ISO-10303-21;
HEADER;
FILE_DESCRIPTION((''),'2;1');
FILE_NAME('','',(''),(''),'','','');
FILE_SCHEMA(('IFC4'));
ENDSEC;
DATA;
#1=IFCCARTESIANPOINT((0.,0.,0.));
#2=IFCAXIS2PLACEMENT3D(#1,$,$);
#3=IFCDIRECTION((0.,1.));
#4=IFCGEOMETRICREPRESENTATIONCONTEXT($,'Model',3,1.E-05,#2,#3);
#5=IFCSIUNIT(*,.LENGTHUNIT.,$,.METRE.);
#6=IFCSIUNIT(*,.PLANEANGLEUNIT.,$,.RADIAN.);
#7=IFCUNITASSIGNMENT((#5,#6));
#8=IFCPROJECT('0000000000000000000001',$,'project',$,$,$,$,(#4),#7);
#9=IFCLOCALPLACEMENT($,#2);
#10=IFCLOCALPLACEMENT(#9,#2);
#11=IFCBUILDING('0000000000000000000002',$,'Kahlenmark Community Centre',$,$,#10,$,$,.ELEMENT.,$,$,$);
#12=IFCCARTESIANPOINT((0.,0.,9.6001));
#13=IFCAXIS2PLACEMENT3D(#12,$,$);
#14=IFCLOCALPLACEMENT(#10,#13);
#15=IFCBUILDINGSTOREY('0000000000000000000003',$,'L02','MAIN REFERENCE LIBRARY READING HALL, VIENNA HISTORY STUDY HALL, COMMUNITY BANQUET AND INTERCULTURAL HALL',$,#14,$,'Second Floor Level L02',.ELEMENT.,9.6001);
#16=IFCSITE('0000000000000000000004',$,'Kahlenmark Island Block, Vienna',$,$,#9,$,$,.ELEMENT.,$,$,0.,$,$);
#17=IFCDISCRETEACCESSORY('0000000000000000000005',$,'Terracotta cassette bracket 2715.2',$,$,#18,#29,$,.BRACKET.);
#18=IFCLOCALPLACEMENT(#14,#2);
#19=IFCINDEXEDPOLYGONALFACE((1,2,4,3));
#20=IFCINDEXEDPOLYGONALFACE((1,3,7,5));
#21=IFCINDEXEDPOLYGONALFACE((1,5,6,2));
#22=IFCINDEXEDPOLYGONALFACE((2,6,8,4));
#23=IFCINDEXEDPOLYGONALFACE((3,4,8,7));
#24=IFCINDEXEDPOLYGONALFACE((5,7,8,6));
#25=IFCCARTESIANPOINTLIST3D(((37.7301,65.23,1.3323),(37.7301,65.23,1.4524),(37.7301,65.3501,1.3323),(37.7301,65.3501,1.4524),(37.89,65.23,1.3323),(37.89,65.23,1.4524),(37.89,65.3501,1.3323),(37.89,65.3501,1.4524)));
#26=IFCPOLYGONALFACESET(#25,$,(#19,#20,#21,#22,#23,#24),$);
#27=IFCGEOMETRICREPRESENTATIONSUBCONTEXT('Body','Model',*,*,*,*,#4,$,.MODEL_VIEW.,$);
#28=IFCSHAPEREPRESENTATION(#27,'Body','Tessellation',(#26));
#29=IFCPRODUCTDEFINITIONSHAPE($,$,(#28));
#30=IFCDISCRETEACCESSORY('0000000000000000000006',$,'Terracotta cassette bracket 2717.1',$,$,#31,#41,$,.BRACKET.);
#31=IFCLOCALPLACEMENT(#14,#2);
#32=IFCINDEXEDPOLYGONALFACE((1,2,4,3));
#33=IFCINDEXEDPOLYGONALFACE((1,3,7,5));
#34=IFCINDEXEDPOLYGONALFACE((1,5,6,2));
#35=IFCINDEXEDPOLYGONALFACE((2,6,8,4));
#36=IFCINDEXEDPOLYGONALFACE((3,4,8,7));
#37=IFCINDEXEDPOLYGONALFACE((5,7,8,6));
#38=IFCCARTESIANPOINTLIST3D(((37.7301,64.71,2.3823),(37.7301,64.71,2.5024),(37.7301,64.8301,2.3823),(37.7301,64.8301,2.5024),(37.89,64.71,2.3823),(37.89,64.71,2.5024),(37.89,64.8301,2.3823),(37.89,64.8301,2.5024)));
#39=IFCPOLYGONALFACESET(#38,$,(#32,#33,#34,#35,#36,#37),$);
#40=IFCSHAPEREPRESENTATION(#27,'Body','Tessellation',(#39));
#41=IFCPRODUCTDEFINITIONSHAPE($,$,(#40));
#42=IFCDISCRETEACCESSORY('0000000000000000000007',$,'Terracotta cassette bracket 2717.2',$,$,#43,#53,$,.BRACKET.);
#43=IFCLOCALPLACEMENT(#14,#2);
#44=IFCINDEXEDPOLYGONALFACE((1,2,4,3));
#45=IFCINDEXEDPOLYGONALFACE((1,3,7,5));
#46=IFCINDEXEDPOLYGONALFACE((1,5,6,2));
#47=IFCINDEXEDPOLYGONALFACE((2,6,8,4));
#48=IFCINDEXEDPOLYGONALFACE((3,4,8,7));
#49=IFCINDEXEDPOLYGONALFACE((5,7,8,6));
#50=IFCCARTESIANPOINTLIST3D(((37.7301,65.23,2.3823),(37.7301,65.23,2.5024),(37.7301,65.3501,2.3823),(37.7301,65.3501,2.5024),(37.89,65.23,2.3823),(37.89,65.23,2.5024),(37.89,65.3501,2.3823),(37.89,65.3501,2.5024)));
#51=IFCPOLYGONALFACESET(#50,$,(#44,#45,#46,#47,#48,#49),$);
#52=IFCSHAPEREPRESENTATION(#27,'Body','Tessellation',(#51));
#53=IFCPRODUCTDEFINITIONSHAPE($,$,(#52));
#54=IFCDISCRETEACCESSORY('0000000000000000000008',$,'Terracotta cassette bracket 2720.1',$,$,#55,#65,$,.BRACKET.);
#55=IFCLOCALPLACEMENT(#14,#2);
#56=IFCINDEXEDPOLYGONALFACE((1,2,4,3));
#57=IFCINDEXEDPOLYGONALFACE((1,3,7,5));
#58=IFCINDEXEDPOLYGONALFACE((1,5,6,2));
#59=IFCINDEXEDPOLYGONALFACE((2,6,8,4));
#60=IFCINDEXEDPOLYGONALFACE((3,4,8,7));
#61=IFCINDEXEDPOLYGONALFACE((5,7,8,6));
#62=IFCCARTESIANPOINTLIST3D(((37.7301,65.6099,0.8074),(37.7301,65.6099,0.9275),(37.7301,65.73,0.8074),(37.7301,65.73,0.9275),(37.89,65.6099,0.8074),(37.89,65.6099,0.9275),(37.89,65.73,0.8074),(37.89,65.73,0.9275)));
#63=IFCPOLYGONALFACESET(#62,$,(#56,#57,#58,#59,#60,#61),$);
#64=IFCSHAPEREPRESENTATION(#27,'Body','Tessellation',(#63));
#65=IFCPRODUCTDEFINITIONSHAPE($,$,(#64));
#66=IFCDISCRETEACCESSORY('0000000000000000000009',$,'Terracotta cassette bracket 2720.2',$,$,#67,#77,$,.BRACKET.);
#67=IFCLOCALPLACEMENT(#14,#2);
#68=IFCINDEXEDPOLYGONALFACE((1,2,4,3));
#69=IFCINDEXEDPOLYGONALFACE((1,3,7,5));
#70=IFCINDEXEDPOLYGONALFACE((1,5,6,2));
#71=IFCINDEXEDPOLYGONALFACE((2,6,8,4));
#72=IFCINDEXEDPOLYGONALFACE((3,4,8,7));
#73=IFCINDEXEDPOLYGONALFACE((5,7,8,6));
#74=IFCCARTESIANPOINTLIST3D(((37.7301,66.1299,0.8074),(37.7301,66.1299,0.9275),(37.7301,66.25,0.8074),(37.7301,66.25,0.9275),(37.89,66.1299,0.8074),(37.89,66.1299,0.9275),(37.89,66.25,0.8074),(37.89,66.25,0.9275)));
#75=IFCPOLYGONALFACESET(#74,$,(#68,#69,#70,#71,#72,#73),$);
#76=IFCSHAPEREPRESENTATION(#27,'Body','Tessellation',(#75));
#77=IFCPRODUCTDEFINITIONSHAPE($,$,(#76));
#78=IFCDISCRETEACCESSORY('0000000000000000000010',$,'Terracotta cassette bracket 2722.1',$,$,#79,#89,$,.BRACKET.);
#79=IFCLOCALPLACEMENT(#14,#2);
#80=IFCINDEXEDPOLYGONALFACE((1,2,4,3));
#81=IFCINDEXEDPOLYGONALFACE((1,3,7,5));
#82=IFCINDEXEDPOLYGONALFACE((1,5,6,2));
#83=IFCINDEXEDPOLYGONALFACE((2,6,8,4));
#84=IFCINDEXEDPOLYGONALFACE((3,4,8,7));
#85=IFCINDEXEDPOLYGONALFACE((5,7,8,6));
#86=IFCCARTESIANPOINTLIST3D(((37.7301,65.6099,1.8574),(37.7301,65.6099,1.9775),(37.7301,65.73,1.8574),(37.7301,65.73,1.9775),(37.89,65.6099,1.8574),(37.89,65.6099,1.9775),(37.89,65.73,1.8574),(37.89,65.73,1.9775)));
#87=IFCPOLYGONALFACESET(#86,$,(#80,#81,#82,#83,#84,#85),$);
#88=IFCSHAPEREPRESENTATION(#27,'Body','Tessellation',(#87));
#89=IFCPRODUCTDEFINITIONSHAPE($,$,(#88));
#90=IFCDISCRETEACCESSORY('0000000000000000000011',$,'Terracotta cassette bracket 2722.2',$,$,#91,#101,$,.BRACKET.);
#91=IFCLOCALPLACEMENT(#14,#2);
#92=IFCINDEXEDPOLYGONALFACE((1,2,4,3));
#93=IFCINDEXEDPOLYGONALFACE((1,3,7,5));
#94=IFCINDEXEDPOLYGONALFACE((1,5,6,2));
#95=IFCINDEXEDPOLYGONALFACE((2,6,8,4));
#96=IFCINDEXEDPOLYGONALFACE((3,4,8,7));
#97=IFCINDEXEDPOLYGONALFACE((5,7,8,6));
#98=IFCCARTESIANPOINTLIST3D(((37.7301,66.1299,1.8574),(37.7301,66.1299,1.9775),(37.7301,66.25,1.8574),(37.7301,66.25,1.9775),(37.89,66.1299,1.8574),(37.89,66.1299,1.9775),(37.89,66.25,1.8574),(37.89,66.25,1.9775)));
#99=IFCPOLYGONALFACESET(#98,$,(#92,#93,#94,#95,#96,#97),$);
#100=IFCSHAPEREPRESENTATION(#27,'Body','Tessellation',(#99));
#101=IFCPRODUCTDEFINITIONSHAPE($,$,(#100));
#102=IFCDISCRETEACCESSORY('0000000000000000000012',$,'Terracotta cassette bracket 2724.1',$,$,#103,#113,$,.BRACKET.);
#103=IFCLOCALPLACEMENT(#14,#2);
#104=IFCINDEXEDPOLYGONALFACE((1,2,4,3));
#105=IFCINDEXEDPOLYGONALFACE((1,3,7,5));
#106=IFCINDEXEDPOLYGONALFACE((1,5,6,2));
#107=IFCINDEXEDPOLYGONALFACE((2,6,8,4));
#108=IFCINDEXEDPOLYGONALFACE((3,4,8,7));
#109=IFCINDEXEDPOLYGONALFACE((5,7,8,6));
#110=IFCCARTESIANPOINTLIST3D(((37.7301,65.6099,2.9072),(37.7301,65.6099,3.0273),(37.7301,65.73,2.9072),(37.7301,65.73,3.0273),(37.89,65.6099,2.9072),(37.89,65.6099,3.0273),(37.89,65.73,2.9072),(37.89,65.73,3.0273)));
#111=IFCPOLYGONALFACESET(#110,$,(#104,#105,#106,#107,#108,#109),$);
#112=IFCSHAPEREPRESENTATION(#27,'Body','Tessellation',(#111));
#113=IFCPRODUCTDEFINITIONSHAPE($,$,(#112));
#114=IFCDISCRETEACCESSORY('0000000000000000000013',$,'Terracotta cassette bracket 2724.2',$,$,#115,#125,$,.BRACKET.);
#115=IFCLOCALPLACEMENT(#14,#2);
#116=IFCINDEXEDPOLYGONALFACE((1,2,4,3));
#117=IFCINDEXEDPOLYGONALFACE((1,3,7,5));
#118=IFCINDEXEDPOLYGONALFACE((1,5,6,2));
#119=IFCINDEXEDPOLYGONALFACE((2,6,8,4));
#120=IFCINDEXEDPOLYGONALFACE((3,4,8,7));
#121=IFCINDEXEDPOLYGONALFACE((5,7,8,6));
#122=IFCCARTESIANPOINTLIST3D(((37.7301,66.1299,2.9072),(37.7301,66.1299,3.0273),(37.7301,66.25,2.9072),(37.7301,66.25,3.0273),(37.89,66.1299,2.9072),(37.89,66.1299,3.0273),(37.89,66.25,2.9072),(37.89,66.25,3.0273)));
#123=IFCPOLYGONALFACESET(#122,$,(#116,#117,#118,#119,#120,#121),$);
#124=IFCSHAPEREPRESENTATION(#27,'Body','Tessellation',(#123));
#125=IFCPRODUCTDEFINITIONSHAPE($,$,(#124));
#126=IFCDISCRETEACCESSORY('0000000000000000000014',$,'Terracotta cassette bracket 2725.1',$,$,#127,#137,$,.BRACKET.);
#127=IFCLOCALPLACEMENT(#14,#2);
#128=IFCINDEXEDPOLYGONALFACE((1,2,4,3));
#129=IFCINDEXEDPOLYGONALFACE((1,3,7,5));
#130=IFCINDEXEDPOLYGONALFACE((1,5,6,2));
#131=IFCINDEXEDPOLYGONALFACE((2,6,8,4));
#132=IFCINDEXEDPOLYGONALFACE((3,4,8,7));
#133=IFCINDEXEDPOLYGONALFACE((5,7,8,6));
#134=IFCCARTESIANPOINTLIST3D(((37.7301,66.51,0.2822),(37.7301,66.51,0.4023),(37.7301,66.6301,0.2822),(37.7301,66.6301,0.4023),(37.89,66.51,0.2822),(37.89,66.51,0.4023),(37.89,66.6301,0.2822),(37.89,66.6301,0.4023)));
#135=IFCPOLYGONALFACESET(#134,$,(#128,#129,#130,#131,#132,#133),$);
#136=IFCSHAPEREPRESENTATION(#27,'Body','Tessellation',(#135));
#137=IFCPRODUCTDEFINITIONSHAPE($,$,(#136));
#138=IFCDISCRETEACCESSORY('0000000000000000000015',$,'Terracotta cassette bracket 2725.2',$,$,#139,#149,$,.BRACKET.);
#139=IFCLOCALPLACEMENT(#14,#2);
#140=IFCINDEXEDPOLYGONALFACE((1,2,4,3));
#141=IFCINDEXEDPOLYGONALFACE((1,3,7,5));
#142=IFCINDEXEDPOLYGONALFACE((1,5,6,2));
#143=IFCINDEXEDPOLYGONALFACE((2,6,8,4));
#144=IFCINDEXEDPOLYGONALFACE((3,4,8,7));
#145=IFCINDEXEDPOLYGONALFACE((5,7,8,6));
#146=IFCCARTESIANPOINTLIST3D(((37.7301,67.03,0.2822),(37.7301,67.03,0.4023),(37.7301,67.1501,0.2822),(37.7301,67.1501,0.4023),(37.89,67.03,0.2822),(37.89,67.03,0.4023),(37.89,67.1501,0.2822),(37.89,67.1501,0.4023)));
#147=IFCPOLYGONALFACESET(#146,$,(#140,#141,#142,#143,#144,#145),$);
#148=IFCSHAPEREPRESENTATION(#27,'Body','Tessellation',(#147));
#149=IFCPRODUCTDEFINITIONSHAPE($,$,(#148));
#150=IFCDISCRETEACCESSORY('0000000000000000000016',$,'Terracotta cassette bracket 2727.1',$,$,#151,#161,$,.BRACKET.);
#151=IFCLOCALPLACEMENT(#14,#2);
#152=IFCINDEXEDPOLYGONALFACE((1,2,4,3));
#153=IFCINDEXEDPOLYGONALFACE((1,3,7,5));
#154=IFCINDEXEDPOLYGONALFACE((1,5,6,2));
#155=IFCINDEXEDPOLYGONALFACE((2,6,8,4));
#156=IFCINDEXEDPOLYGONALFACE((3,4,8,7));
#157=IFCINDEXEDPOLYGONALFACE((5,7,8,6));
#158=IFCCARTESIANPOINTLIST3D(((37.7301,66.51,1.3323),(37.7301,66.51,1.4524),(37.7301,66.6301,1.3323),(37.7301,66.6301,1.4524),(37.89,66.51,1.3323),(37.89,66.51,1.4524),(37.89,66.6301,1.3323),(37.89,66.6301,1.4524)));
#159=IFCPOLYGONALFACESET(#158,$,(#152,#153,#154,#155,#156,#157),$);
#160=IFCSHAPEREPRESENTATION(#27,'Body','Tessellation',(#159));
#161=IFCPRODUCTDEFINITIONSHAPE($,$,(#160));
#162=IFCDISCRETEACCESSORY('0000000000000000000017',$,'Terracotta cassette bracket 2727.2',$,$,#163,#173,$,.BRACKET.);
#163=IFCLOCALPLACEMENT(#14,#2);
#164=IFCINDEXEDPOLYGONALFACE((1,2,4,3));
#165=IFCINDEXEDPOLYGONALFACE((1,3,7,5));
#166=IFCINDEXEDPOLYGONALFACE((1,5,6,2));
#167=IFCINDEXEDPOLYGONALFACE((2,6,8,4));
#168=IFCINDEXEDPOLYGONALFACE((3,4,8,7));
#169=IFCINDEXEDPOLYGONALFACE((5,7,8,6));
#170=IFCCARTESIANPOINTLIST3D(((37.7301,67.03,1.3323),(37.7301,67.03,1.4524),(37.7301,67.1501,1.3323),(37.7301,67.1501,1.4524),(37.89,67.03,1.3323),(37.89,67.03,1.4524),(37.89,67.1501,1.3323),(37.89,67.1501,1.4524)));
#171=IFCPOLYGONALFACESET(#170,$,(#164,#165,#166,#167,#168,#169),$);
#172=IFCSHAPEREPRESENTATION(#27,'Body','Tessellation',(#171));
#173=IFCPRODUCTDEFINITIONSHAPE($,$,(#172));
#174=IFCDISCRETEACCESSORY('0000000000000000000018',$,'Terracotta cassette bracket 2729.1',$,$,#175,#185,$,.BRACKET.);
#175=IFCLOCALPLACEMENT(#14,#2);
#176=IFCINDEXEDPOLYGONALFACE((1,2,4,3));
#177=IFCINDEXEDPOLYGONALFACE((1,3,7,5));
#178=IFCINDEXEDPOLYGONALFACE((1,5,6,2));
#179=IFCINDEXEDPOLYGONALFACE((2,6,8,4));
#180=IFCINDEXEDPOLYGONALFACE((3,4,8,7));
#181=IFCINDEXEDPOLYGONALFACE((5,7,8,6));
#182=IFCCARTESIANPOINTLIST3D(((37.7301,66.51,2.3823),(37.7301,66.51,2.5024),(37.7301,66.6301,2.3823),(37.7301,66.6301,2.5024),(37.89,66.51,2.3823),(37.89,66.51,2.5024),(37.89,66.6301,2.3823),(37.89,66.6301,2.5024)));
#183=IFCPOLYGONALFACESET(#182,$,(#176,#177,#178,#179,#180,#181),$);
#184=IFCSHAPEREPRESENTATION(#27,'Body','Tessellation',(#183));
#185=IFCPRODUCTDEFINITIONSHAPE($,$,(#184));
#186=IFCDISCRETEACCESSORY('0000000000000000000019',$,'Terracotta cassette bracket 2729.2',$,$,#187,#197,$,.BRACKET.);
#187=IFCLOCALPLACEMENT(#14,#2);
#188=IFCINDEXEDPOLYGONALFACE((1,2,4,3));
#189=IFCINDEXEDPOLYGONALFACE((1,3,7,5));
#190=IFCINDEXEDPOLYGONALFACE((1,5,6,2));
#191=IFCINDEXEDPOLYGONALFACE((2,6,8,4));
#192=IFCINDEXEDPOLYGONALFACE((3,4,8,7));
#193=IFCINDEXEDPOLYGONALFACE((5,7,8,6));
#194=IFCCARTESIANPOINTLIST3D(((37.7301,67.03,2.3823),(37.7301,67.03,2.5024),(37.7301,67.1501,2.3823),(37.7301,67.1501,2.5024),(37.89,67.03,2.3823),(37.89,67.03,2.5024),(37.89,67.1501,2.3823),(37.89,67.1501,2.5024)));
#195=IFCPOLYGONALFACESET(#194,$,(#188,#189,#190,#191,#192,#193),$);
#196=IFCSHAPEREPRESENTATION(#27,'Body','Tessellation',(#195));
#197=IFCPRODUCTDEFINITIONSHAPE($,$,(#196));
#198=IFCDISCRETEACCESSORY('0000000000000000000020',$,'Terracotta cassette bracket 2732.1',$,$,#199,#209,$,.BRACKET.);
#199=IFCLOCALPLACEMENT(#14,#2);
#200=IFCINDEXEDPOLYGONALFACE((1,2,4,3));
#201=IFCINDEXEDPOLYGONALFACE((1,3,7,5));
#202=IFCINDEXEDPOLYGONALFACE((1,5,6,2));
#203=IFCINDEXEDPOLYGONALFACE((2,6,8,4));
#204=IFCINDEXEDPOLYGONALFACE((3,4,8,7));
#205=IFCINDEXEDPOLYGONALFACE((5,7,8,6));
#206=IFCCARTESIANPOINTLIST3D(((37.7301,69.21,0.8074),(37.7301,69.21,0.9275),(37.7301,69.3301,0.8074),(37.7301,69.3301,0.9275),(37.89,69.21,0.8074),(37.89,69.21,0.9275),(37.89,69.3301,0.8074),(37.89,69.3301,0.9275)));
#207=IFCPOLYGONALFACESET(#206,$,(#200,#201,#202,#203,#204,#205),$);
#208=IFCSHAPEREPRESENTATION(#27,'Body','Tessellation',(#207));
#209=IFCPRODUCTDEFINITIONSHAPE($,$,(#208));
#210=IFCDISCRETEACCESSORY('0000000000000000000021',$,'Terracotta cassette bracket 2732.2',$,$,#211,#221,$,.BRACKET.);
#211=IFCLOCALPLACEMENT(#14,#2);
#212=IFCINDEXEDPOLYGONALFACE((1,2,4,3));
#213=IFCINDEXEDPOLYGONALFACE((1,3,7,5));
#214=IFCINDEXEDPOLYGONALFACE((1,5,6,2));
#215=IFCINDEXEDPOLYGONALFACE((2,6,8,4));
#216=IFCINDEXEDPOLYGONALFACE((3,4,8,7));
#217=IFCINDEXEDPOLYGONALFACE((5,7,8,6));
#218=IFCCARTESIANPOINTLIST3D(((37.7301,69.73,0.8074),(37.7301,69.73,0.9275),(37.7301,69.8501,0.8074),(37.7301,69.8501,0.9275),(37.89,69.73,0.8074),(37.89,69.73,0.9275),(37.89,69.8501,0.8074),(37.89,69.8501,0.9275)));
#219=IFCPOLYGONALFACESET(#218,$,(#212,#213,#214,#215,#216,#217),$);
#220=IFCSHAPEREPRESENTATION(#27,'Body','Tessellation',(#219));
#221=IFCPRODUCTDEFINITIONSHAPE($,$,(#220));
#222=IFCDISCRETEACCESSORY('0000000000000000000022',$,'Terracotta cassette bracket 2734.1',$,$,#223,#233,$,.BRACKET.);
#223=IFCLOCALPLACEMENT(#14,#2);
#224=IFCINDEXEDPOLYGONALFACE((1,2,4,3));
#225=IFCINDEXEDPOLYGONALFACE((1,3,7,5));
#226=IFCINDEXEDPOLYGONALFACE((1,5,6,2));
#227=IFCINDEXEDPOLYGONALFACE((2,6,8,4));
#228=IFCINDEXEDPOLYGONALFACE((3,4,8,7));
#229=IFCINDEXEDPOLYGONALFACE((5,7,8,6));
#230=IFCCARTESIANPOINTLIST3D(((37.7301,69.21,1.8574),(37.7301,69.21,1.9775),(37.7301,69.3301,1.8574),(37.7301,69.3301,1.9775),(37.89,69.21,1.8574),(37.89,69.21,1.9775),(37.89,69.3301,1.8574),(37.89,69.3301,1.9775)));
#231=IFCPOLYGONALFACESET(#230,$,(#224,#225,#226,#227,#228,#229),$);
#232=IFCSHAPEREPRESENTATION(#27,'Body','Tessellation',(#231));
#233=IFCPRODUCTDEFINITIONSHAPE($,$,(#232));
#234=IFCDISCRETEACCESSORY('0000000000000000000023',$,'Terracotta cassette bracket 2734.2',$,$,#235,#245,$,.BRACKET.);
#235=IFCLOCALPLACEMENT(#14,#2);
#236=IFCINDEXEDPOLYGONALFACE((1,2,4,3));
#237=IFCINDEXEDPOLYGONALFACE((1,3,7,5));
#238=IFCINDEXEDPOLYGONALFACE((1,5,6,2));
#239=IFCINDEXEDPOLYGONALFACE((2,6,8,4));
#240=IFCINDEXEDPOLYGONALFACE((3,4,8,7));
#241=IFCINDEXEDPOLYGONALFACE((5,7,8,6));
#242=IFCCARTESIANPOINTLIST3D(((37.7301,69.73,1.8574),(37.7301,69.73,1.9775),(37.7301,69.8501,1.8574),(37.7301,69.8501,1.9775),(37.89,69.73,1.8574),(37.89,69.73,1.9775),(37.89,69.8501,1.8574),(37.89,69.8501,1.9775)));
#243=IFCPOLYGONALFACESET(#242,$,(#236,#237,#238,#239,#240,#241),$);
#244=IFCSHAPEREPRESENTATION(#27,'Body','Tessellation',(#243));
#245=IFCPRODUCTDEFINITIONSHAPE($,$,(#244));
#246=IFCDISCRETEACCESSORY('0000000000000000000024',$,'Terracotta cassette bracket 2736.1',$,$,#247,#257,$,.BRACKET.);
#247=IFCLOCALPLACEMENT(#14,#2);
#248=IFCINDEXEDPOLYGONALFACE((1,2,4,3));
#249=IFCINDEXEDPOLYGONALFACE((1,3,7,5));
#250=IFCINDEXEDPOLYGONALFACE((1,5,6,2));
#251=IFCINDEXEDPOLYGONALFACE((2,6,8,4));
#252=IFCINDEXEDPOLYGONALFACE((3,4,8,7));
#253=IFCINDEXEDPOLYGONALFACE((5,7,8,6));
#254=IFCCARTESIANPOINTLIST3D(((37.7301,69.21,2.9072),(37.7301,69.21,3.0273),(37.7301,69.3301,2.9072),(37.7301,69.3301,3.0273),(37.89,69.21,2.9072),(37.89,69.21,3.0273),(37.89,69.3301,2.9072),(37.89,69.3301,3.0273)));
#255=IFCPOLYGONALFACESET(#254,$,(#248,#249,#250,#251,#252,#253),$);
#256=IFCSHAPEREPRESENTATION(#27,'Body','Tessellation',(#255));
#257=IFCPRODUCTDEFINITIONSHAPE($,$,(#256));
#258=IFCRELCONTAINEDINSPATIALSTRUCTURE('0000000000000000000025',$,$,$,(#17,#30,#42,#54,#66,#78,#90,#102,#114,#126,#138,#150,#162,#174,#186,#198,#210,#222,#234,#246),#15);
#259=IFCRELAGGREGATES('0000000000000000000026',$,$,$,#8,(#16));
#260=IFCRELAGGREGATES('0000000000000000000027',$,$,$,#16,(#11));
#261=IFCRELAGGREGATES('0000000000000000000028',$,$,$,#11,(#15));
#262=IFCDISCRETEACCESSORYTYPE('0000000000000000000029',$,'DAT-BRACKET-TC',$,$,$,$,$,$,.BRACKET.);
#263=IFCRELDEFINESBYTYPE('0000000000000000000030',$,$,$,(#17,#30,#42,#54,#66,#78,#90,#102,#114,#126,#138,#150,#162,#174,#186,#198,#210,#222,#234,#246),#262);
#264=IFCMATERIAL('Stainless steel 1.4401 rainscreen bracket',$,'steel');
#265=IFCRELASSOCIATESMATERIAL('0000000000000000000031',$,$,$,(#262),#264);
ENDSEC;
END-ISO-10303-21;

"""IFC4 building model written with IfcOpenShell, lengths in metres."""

from ifc_helpers import new_model, si_unit, direction, frame, origin, origin_2d, place, context, subcontext, project, spatial, rectangle, extrude, material, type_object, element, save


model = new_model("IFC4")

# Units and contexts
model_context = context("Model", 3, precision=1e-05, world=origin(), true_north=direction((0.0, 1.0)))
body_context = subcontext(model_context, "Body", "Model", "MODEL_VIEW")
ifc_project = project(units=[si_unit("LENGTHUNIT", "METRE"), si_unit("PLANEANGLEUNIT", "RADIAN")], contexts=[model_context])

# Site, building, storey
site_placement = place(None, origin())
site = spatial("IfcSite", under=ifc_project, at=site_placement, Name="Kahlenmark Island Block, Vienna", CompositionType="ELEMENT", RefElevation=0.0)
building_placement = place(site_placement, origin())
building = spatial("IfcBuilding", under=site, at=building_placement, Name="Kahlenmark Community Centre", CompositionType="ELEMENT")
storey_placement = place(building_placement, frame((0.0, 0.0, 9.6001)))
storey = spatial("IfcBuildingStorey", under=building, at=storey_placement, Name="L02", Description="MAIN REFERENCE LIBRARY READING HALL, VIENNA HISTORY STUDY HALL, COMMUNITY BANQUET AND INTERCULTURAL HALL", LongName="Second Floor Level L02", CompositionType="ELEMENT", Elevation=9.6001)

# Discrete accessories
ifc_material_1 = material(Name="Stainless steel 1.4401 rainscreen bracket", Category="steel")
discrete_accessory_type = type_object("IfcDiscreteAccessoryType", Name="DAT-BRACKET-TC", PredefinedType="BRACKET", material=ifc_material_1)
for number, where, z_axis, x_axis, name in (
    (1, (37.8101, 65.29, 1.3323), (0.0, 0.0, 1.0), (0.0, 1.0, 0.0), "Terracotta cassette bracket 2715.2"),
    (2, (37.8101, 64.77, 2.3823), (0.0, 0.0, 1.0), (0.0, 1.0, 0.0), "Terracotta cassette bracket 2717.1"),
    (3, (37.8101, 65.29, 2.3823), (0.0, 0.0, 1.0), (0.0, 1.0, 0.0), "Terracotta cassette bracket 2717.2"),
    (4, (37.8101, 65.6699, 0.8074), (0.0, 0.0, 1.0), (0.0, 1.0, 0.0), "Terracotta cassette bracket 2720.1"),
    (5, (37.8101, 66.1899, 0.8074), (0.0, 0.0, 1.0), (0.0, 1.0, 0.0), "Terracotta cassette bracket 2720.2"),
    (6, (37.8101, 65.6699, 1.8574), (0.0, 0.0, 1.0), (0.0, 1.0, 0.0), "Terracotta cassette bracket 2722.1"),
    (7, (37.8101, 66.1899, 1.8574), (0.0, 0.0, 1.0), (0.0, 1.0, 0.0), "Terracotta cassette bracket 2722.2"),
    (8, (37.8101, 65.6699, 2.9072), (0.0, 0.0, 1.0), (0.0, 1.0, 0.0), "Terracotta cassette bracket 2724.1"),
    (9, (37.8101, 66.1899, 2.9072), (0.0, 0.0, 1.0), (0.0, 1.0, 0.0), "Terracotta cassette bracket 2724.2"),
    (10, (37.8101, 66.5701, 0.2822), (0.0, 0.0, 1.0), (0.0, 1.0, 0.0), "Terracotta cassette bracket 2725.1"),
    (11, (37.8101, 67.0901, 0.2822), (0.0, 0.0, 1.0), (0.0, 1.0, 0.0), "Terracotta cassette bracket 2725.2"),
    (12, (37.8101, 66.5701, 1.3323), (0.0, 0.0, 1.0), (0.0, 1.0, 0.0), "Terracotta cassette bracket 2727.1"),
    (13, (37.8101, 67.0901, 1.3323), (0.0, 0.0, 1.0), (0.0, 1.0, 0.0), "Terracotta cassette bracket 2727.2"),
    (14, (37.8101, 66.5701, 2.3823), (0.0, 0.0, 1.0), (0.0, 1.0, 0.0), "Terracotta cassette bracket 2729.1"),
    (15, (37.8101, 67.0901, 2.3823), (0.0, 0.0, 1.0), (0.0, 1.0, 0.0), "Terracotta cassette bracket 2729.2"),
    (16, (37.8101, 69.27, 0.8074), (0.0, 0.0, 1.0), (0.0, 1.0, 0.0), "Terracotta cassette bracket 2732.1"),
    (17, (37.8101, 69.79, 0.8074), (0.0, 0.0, 1.0), (0.0, 1.0, 0.0), "Terracotta cassette bracket 2732.2"),
    (18, (37.8101, 69.27, 1.8574), (0.0, 0.0, 1.0), (0.0, 1.0, 0.0), "Terracotta cassette bracket 2734.1"),
    (19, (37.8101, 69.79, 1.8574), (0.0, 0.0, 1.0), (0.0, 1.0, 0.0), "Terracotta cassette bracket 2734.2"),
    (20, (37.8101, 69.27, 2.9072), (0.0, 0.0, 1.0), (0.0, 1.0, 0.0), "Terracotta cassette bracket 2736.1"),
):
    element("IfcDiscreteAccessory", number, at=place(storey_placement, frame(where, z_axis=z_axis, x_axis=x_axis)), inside=storey, type_object=discrete_accessory_type, Name=name, PredefinedType="BRACKET", context=body_context, shape_type="SweptSolid", body=[
        extrude(rectangle(XDim=0.1201, YDim=0.1599, at=origin_2d()), origin(), (0.0, 0.0, 1.0), 0.1201),
    ])

save(model, "model.ifc")
